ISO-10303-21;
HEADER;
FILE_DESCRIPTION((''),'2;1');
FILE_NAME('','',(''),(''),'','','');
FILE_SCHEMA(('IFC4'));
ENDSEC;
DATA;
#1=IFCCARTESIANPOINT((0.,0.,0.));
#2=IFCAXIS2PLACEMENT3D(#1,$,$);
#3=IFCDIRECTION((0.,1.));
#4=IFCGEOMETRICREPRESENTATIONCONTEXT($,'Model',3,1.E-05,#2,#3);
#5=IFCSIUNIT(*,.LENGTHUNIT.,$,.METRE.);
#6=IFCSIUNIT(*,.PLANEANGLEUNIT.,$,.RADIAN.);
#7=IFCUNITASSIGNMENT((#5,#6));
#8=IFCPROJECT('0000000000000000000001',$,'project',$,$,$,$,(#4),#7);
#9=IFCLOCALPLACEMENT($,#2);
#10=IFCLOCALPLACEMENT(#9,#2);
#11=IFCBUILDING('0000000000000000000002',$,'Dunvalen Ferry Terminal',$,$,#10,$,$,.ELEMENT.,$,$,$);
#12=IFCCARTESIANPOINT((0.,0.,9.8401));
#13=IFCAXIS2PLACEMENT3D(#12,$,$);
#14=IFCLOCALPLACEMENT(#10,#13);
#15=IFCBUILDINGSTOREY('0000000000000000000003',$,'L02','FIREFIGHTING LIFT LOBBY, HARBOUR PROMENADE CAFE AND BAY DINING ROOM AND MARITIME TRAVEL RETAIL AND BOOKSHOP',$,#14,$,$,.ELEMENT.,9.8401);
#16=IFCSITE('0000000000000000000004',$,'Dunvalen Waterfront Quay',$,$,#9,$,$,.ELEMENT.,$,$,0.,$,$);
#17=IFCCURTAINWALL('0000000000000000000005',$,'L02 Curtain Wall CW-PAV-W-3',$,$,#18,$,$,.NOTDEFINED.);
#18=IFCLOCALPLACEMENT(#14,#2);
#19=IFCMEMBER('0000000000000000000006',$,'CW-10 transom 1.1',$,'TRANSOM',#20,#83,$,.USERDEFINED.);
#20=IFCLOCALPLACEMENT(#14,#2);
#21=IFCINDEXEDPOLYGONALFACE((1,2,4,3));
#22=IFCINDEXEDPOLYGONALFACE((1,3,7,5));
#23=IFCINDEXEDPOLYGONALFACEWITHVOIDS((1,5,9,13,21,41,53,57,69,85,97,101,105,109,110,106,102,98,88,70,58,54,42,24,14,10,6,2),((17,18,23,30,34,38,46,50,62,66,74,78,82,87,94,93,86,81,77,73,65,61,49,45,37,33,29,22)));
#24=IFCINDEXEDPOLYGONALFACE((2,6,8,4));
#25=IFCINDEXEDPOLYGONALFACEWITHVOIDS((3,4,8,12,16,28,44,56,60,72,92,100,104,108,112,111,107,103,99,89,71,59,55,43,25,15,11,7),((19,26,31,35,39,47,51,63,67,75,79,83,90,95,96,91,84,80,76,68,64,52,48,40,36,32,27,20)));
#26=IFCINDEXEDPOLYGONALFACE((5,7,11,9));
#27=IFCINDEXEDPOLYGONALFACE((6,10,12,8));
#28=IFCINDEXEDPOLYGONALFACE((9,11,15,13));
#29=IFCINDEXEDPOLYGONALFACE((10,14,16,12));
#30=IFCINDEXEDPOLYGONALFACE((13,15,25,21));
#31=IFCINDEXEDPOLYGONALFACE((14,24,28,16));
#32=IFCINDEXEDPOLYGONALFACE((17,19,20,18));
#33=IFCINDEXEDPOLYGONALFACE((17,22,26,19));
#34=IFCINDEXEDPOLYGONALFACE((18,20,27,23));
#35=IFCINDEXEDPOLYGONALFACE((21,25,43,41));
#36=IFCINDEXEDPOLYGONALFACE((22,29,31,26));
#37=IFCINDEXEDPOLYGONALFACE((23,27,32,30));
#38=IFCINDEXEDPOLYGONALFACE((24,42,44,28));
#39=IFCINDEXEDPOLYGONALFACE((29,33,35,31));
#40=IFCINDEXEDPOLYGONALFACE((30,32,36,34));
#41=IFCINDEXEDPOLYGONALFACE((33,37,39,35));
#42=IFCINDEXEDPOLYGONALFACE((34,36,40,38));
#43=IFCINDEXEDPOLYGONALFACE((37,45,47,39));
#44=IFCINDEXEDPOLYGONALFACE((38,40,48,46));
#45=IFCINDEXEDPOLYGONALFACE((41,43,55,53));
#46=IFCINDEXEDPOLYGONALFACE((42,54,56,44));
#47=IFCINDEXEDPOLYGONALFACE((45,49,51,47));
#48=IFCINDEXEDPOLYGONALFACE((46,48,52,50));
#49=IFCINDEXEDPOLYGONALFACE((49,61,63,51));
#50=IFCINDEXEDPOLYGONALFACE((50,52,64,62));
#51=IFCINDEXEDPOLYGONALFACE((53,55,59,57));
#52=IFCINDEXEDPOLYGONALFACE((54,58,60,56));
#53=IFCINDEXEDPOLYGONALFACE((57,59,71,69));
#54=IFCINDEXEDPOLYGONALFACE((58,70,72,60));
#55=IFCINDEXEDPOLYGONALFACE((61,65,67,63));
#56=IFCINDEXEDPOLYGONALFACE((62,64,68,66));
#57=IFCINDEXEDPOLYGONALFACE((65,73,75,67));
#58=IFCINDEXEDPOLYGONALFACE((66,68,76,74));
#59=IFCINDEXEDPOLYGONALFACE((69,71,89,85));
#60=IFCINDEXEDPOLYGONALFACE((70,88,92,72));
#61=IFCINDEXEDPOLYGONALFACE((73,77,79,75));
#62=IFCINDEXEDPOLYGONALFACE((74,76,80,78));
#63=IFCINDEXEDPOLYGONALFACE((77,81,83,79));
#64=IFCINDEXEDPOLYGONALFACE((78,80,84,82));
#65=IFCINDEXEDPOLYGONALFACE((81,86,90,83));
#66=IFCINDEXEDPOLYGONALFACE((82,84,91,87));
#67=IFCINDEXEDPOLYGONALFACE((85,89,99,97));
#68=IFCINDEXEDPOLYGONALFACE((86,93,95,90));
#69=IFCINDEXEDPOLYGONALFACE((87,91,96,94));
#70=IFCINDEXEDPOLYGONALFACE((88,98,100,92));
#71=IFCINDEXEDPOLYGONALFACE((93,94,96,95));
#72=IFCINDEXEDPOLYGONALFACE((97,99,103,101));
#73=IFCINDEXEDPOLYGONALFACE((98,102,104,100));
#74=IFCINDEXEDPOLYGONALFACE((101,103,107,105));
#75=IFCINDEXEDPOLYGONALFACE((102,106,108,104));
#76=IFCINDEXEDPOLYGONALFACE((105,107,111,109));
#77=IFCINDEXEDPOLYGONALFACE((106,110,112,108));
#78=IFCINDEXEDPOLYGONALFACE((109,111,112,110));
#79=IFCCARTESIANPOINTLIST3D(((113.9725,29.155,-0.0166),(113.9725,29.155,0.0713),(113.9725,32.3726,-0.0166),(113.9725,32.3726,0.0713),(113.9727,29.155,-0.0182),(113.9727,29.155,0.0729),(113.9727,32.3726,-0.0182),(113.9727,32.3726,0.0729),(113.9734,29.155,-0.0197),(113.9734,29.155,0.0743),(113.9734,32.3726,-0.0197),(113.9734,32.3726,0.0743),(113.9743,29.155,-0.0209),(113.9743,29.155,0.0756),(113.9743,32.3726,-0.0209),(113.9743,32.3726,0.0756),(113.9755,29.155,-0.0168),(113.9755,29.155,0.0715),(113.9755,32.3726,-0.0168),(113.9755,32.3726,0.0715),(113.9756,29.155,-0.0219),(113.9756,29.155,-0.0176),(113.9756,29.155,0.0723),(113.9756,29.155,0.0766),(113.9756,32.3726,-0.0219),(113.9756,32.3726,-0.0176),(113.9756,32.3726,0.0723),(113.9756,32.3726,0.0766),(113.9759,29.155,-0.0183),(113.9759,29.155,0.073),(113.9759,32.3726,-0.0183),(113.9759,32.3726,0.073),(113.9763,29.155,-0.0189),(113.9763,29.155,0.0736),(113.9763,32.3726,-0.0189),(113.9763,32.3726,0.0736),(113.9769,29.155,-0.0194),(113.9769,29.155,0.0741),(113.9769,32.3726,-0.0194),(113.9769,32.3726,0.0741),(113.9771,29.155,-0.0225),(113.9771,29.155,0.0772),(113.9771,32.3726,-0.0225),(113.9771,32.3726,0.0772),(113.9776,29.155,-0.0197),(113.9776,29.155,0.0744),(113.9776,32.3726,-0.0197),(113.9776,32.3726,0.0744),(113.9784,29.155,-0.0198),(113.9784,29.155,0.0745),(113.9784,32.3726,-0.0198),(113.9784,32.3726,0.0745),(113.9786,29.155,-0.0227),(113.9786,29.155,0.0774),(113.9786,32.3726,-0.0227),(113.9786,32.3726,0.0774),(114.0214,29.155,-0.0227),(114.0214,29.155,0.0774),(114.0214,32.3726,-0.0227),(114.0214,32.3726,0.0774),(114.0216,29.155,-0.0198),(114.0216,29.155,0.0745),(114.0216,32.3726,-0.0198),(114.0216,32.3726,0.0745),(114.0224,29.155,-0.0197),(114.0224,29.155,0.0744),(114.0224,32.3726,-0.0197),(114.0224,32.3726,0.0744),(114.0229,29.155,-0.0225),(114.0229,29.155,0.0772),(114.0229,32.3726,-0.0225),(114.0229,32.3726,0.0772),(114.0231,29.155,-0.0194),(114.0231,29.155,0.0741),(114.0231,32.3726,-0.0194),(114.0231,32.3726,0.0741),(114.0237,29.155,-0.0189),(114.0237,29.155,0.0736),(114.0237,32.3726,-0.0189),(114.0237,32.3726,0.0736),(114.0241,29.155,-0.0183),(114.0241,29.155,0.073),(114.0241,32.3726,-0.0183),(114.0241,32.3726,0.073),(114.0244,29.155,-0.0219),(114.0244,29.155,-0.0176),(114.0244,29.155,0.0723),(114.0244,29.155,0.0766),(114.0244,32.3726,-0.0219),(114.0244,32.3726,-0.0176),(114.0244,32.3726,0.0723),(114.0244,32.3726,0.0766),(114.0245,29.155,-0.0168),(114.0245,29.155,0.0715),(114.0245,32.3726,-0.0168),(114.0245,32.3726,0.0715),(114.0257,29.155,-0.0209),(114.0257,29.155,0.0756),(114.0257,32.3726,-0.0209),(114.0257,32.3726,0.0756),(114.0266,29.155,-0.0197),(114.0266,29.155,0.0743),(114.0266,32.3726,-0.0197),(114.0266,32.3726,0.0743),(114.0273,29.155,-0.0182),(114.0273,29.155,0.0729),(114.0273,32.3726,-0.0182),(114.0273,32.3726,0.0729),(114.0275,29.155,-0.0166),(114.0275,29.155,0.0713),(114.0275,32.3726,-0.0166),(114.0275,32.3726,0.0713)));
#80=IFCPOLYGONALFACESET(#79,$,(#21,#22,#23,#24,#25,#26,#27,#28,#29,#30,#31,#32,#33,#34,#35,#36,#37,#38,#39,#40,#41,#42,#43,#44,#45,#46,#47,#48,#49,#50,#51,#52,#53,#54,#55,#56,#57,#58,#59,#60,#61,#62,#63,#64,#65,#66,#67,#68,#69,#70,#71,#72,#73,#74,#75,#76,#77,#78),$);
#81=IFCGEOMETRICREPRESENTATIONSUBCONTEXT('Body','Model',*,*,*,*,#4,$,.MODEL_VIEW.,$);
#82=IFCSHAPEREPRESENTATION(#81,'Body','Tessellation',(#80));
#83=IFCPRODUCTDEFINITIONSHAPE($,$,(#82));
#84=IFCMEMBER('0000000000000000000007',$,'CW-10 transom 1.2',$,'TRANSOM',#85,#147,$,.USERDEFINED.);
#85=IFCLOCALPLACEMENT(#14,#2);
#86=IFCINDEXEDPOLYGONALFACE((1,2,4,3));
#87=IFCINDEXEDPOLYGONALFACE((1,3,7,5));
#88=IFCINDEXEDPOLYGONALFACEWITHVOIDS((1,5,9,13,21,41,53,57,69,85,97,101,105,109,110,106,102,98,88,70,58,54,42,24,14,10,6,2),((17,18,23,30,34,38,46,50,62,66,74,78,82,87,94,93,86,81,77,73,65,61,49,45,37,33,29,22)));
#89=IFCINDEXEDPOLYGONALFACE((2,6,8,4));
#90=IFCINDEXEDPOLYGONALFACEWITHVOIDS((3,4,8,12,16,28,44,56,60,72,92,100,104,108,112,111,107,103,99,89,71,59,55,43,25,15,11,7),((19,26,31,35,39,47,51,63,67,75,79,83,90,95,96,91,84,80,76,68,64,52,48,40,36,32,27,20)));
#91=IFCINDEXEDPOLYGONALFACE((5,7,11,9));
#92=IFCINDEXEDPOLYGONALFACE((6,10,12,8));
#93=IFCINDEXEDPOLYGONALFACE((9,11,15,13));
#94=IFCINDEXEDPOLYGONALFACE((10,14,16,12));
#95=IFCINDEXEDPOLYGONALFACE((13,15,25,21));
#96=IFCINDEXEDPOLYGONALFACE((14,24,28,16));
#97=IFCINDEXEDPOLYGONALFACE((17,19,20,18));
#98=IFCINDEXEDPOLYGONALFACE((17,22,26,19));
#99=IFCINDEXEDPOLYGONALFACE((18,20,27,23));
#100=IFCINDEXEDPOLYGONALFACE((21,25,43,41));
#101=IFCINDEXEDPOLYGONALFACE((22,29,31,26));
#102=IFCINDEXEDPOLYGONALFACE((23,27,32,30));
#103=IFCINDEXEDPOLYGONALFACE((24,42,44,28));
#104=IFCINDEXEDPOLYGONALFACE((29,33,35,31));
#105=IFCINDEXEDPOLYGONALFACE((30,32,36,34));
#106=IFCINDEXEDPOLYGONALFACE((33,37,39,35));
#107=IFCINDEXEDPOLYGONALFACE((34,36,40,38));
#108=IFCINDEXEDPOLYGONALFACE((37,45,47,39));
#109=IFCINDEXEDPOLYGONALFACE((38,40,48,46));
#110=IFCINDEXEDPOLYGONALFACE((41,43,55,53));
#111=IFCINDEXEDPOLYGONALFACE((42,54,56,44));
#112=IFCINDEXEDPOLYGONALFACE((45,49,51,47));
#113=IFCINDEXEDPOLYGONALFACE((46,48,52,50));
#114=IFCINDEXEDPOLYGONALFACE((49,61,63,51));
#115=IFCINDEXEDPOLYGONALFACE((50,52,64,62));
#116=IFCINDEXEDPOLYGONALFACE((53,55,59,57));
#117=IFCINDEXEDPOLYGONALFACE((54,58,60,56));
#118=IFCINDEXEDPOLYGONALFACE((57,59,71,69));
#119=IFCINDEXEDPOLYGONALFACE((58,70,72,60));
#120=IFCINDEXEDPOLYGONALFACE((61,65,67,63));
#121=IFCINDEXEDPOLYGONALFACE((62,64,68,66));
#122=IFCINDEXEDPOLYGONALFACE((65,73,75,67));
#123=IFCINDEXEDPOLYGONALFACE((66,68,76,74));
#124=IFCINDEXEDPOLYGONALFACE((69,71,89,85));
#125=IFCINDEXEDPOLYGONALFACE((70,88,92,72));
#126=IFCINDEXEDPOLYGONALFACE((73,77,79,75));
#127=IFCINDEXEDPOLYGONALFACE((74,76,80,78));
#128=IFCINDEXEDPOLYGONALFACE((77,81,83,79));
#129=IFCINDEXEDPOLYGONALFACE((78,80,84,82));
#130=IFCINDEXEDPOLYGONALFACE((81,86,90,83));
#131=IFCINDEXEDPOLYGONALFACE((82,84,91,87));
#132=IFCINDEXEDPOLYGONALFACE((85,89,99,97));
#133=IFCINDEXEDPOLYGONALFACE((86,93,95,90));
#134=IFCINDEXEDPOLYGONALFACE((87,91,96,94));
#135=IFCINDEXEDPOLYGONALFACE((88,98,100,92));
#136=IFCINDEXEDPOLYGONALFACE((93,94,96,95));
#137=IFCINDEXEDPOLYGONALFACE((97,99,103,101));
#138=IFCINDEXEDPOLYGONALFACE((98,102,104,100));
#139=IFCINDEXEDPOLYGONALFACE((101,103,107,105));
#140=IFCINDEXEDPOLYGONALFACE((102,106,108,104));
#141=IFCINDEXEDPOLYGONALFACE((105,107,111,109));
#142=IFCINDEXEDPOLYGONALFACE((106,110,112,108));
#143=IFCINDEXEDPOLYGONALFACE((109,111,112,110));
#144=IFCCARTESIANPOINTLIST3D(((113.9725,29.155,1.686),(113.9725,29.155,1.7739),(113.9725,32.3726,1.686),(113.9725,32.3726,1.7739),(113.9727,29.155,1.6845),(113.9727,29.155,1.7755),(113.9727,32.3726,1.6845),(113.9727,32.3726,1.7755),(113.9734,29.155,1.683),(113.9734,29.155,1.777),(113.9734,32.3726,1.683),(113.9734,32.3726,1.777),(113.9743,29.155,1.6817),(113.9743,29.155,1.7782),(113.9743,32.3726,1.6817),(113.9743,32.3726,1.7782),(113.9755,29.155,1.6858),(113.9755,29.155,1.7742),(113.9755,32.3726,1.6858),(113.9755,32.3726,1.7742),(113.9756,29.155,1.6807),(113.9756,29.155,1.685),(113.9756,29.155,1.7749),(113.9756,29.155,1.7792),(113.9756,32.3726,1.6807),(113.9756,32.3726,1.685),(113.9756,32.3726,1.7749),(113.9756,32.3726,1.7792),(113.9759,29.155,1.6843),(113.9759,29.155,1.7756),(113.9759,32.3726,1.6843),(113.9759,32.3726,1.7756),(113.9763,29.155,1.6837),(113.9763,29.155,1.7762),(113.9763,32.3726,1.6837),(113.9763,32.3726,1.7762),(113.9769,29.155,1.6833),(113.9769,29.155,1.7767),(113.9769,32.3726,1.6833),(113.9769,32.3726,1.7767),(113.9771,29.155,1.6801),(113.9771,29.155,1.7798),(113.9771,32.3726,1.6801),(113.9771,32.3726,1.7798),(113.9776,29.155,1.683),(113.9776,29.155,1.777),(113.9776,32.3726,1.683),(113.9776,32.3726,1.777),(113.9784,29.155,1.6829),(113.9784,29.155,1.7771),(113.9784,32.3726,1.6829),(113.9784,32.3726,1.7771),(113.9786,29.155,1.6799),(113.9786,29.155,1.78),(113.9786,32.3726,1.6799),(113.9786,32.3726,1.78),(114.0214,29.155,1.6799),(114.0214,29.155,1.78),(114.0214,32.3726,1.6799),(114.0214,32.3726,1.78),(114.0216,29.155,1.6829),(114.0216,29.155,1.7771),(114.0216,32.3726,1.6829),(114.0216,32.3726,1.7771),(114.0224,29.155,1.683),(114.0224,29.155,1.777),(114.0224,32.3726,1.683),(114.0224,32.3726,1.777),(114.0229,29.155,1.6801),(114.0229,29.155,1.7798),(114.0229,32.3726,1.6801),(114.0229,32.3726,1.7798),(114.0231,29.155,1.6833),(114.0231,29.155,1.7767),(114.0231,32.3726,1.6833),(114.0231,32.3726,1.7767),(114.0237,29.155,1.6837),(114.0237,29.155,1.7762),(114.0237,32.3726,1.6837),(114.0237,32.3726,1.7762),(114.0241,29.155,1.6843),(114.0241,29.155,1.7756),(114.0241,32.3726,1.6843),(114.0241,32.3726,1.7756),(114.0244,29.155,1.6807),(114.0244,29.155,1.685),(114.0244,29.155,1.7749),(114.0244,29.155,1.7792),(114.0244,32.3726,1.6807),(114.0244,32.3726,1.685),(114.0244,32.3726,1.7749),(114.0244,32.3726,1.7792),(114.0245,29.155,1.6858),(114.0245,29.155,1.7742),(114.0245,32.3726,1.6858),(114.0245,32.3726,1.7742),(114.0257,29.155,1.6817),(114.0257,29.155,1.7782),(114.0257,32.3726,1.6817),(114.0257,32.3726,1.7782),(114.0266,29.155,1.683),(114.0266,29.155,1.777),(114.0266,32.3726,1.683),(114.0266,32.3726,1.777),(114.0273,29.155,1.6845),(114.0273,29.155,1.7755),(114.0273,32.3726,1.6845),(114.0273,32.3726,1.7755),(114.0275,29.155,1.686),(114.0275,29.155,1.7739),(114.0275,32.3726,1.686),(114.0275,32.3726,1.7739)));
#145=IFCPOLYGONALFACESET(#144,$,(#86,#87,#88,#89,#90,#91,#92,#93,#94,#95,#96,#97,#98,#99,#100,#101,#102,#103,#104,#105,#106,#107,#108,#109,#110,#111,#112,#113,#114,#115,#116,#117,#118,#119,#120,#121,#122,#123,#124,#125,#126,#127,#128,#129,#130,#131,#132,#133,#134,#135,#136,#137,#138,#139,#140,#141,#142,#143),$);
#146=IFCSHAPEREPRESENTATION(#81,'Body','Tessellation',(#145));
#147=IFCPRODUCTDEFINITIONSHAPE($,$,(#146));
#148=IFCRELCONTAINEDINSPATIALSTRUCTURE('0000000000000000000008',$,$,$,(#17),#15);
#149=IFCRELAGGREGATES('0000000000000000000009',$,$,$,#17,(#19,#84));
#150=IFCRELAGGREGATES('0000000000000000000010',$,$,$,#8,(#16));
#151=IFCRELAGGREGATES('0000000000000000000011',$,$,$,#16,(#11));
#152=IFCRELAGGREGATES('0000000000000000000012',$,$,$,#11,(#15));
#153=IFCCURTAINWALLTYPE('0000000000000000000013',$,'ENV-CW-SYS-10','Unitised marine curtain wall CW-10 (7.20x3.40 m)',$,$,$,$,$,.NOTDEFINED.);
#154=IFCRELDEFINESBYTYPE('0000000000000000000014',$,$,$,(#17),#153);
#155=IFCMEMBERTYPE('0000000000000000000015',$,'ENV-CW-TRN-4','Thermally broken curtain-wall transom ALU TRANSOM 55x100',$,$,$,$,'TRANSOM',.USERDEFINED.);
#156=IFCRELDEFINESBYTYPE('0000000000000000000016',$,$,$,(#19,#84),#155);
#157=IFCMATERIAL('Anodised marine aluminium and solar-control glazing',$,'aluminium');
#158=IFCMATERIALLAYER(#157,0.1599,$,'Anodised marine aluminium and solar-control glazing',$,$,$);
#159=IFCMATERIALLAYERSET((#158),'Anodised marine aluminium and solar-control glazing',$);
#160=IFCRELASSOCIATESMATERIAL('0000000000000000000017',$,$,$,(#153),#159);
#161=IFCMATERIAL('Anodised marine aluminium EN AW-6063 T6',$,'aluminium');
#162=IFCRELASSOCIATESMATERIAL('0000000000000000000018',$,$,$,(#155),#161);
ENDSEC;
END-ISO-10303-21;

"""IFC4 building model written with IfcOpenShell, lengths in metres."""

from ifc_helpers import new_model, si_unit, direction, frame, origin, origin_2d, place, context, subcontext, project, spatial, hollow_rectangle, extrude, material, layer, layer_set, material_profile, profile_set, type_object, element, aggregate, save


model = new_model("IFC4")

# Units and contexts
model_context = context("Model", 3, precision=1e-05, world=origin(), true_north=direction((0.0, 1.0)))
body_context = subcontext(model_context, "Body", "Model", "MODEL_VIEW")
ifc_project = project(units=[si_unit("LENGTHUNIT", "METRE"), si_unit("PLANEANGLEUNIT", "RADIAN")], contexts=[model_context])

# Site, building, storey
site_placement = place(None, origin())
site = spatial("IfcSite", under=ifc_project, at=site_placement, Name="Dunvalen Waterfront Quay", CompositionType="ELEMENT", RefElevation=0.0)
building_placement = place(site_placement, origin())
building = spatial("IfcBuilding", under=site, at=building_placement, Name="Dunvalen Ferry Terminal", CompositionType="ELEMENT")
storey_placement = place(building_placement, frame((0.0, 0.0, 9.8401)))
storey = spatial("IfcBuildingStorey", under=building, at=storey_placement, Name="L02", Description="FIREFIGHTING LIFT LOBBY, HARBOUR PROMENADE CAFE AND BAY DINING ROOM AND MARITIME TRAVEL RETAIL AND BOOKSHOP", CompositionType="ELEMENT", Elevation=9.8401)

# Curtain wall
ifc_material_1 = material(Name="Anodised marine aluminium and solar-control glazing", Category="aluminium")
ifc_material_2 = material(Name="Anodised marine aluminium EN AW-6063 T6", Category="aluminium")
ifc_layer_1 = layer(ifc_material_1, 0.1599, Name="Anodised marine aluminium and solar-control glazing")
ifc_layer_set_1 = layer_set([ifc_layer_1], Name="Anodised marine aluminium and solar-control glazing")
curtain_wall_type_1 = type_object("IfcCurtainWallType", Name="ENV-CW-SYS-10", Description="Unitised marine curtain wall CW-10 (7.20x3.40 m)", PredefinedType="NOTDEFINED", material=ifc_layer_set_1)
curtain_wall_1_placement = place(storey_placement, origin())
curtain_wall_1 = element("IfcCurtainWall", 1, at=curtain_wall_1_placement, inside=storey, type_object=curtain_wall_type_1, Name="L02 Curtain Wall CW-PAV-W-3", PredefinedType="NOTDEFINED")

# Members
ifc_material_profile_1 = material_profile(ifc_material_2, hollow_rectangle(XDim=0.0549, YDim=0.1001, WallThickness=0.0029, InnerFilletRadius=0.0029, OuterFilletRadius=0.0061, at=origin_2d()), Name="Anodised marine aluminium EN AW-6063 T6")
ifc_profile_set_1 = profile_set([ifc_material_profile_1], Name="Anodised marine aluminium EN AW-6063 T6")
member_type_1 = type_object("IfcMemberType", Name="ENV-CW-TRN-4", Description="Thermally broken curtain-wall transom ALU TRANSOM 55x100", ElementType="TRANSOM", PredefinedType="USERDEFINED", material=ifc_profile_set_1)
member_1_placement = place(storey_placement, frame((114.0, 29.155, 0.0273), z_axis=(0.0, 1.0, 0.0), x_axis=(-1.0, 0.0, 0.0)))
member_1 = element("IfcMember", 2, at=member_1_placement, type_object=member_type_1, Name="CW-10 transom 1.1", ObjectType="TRANSOM", PredefinedType="USERDEFINED", context=body_context, shape_type="SweptSolid", body=[
    extrude(hollow_rectangle(XDim=0.0549, YDim=0.1001, WallThickness=0.0029, InnerFilletRadius=0.0029, OuterFilletRadius=0.0061, at=origin_2d()), origin(), (0.0, 0.0, 1.0), 3.2175),
])
member_2_placement = place(storey_placement, frame((114.0, 29.155, 1.73), z_axis=(0.0, 1.0, 0.0), x_axis=(-1.0, 0.0, 0.0)))
member_2 = element("IfcMember", 3, at=member_2_placement, type_object=member_type_1, Name="CW-10 transom 1.2", ObjectType="TRANSOM", PredefinedType="USERDEFINED", context=body_context, shape_type="SweptSolid", body=[
    extrude(hollow_rectangle(XDim=0.0549, YDim=0.1001, WallThickness=0.0029, InnerFilletRadius=0.0029, OuterFilletRadius=0.0061, at=origin_2d()), origin(), (0.0, 0.0, 1.0), 3.2175),
])

aggregate(curtain_wall_1, [member_1, member_2])

save(model, "model.ifc")
